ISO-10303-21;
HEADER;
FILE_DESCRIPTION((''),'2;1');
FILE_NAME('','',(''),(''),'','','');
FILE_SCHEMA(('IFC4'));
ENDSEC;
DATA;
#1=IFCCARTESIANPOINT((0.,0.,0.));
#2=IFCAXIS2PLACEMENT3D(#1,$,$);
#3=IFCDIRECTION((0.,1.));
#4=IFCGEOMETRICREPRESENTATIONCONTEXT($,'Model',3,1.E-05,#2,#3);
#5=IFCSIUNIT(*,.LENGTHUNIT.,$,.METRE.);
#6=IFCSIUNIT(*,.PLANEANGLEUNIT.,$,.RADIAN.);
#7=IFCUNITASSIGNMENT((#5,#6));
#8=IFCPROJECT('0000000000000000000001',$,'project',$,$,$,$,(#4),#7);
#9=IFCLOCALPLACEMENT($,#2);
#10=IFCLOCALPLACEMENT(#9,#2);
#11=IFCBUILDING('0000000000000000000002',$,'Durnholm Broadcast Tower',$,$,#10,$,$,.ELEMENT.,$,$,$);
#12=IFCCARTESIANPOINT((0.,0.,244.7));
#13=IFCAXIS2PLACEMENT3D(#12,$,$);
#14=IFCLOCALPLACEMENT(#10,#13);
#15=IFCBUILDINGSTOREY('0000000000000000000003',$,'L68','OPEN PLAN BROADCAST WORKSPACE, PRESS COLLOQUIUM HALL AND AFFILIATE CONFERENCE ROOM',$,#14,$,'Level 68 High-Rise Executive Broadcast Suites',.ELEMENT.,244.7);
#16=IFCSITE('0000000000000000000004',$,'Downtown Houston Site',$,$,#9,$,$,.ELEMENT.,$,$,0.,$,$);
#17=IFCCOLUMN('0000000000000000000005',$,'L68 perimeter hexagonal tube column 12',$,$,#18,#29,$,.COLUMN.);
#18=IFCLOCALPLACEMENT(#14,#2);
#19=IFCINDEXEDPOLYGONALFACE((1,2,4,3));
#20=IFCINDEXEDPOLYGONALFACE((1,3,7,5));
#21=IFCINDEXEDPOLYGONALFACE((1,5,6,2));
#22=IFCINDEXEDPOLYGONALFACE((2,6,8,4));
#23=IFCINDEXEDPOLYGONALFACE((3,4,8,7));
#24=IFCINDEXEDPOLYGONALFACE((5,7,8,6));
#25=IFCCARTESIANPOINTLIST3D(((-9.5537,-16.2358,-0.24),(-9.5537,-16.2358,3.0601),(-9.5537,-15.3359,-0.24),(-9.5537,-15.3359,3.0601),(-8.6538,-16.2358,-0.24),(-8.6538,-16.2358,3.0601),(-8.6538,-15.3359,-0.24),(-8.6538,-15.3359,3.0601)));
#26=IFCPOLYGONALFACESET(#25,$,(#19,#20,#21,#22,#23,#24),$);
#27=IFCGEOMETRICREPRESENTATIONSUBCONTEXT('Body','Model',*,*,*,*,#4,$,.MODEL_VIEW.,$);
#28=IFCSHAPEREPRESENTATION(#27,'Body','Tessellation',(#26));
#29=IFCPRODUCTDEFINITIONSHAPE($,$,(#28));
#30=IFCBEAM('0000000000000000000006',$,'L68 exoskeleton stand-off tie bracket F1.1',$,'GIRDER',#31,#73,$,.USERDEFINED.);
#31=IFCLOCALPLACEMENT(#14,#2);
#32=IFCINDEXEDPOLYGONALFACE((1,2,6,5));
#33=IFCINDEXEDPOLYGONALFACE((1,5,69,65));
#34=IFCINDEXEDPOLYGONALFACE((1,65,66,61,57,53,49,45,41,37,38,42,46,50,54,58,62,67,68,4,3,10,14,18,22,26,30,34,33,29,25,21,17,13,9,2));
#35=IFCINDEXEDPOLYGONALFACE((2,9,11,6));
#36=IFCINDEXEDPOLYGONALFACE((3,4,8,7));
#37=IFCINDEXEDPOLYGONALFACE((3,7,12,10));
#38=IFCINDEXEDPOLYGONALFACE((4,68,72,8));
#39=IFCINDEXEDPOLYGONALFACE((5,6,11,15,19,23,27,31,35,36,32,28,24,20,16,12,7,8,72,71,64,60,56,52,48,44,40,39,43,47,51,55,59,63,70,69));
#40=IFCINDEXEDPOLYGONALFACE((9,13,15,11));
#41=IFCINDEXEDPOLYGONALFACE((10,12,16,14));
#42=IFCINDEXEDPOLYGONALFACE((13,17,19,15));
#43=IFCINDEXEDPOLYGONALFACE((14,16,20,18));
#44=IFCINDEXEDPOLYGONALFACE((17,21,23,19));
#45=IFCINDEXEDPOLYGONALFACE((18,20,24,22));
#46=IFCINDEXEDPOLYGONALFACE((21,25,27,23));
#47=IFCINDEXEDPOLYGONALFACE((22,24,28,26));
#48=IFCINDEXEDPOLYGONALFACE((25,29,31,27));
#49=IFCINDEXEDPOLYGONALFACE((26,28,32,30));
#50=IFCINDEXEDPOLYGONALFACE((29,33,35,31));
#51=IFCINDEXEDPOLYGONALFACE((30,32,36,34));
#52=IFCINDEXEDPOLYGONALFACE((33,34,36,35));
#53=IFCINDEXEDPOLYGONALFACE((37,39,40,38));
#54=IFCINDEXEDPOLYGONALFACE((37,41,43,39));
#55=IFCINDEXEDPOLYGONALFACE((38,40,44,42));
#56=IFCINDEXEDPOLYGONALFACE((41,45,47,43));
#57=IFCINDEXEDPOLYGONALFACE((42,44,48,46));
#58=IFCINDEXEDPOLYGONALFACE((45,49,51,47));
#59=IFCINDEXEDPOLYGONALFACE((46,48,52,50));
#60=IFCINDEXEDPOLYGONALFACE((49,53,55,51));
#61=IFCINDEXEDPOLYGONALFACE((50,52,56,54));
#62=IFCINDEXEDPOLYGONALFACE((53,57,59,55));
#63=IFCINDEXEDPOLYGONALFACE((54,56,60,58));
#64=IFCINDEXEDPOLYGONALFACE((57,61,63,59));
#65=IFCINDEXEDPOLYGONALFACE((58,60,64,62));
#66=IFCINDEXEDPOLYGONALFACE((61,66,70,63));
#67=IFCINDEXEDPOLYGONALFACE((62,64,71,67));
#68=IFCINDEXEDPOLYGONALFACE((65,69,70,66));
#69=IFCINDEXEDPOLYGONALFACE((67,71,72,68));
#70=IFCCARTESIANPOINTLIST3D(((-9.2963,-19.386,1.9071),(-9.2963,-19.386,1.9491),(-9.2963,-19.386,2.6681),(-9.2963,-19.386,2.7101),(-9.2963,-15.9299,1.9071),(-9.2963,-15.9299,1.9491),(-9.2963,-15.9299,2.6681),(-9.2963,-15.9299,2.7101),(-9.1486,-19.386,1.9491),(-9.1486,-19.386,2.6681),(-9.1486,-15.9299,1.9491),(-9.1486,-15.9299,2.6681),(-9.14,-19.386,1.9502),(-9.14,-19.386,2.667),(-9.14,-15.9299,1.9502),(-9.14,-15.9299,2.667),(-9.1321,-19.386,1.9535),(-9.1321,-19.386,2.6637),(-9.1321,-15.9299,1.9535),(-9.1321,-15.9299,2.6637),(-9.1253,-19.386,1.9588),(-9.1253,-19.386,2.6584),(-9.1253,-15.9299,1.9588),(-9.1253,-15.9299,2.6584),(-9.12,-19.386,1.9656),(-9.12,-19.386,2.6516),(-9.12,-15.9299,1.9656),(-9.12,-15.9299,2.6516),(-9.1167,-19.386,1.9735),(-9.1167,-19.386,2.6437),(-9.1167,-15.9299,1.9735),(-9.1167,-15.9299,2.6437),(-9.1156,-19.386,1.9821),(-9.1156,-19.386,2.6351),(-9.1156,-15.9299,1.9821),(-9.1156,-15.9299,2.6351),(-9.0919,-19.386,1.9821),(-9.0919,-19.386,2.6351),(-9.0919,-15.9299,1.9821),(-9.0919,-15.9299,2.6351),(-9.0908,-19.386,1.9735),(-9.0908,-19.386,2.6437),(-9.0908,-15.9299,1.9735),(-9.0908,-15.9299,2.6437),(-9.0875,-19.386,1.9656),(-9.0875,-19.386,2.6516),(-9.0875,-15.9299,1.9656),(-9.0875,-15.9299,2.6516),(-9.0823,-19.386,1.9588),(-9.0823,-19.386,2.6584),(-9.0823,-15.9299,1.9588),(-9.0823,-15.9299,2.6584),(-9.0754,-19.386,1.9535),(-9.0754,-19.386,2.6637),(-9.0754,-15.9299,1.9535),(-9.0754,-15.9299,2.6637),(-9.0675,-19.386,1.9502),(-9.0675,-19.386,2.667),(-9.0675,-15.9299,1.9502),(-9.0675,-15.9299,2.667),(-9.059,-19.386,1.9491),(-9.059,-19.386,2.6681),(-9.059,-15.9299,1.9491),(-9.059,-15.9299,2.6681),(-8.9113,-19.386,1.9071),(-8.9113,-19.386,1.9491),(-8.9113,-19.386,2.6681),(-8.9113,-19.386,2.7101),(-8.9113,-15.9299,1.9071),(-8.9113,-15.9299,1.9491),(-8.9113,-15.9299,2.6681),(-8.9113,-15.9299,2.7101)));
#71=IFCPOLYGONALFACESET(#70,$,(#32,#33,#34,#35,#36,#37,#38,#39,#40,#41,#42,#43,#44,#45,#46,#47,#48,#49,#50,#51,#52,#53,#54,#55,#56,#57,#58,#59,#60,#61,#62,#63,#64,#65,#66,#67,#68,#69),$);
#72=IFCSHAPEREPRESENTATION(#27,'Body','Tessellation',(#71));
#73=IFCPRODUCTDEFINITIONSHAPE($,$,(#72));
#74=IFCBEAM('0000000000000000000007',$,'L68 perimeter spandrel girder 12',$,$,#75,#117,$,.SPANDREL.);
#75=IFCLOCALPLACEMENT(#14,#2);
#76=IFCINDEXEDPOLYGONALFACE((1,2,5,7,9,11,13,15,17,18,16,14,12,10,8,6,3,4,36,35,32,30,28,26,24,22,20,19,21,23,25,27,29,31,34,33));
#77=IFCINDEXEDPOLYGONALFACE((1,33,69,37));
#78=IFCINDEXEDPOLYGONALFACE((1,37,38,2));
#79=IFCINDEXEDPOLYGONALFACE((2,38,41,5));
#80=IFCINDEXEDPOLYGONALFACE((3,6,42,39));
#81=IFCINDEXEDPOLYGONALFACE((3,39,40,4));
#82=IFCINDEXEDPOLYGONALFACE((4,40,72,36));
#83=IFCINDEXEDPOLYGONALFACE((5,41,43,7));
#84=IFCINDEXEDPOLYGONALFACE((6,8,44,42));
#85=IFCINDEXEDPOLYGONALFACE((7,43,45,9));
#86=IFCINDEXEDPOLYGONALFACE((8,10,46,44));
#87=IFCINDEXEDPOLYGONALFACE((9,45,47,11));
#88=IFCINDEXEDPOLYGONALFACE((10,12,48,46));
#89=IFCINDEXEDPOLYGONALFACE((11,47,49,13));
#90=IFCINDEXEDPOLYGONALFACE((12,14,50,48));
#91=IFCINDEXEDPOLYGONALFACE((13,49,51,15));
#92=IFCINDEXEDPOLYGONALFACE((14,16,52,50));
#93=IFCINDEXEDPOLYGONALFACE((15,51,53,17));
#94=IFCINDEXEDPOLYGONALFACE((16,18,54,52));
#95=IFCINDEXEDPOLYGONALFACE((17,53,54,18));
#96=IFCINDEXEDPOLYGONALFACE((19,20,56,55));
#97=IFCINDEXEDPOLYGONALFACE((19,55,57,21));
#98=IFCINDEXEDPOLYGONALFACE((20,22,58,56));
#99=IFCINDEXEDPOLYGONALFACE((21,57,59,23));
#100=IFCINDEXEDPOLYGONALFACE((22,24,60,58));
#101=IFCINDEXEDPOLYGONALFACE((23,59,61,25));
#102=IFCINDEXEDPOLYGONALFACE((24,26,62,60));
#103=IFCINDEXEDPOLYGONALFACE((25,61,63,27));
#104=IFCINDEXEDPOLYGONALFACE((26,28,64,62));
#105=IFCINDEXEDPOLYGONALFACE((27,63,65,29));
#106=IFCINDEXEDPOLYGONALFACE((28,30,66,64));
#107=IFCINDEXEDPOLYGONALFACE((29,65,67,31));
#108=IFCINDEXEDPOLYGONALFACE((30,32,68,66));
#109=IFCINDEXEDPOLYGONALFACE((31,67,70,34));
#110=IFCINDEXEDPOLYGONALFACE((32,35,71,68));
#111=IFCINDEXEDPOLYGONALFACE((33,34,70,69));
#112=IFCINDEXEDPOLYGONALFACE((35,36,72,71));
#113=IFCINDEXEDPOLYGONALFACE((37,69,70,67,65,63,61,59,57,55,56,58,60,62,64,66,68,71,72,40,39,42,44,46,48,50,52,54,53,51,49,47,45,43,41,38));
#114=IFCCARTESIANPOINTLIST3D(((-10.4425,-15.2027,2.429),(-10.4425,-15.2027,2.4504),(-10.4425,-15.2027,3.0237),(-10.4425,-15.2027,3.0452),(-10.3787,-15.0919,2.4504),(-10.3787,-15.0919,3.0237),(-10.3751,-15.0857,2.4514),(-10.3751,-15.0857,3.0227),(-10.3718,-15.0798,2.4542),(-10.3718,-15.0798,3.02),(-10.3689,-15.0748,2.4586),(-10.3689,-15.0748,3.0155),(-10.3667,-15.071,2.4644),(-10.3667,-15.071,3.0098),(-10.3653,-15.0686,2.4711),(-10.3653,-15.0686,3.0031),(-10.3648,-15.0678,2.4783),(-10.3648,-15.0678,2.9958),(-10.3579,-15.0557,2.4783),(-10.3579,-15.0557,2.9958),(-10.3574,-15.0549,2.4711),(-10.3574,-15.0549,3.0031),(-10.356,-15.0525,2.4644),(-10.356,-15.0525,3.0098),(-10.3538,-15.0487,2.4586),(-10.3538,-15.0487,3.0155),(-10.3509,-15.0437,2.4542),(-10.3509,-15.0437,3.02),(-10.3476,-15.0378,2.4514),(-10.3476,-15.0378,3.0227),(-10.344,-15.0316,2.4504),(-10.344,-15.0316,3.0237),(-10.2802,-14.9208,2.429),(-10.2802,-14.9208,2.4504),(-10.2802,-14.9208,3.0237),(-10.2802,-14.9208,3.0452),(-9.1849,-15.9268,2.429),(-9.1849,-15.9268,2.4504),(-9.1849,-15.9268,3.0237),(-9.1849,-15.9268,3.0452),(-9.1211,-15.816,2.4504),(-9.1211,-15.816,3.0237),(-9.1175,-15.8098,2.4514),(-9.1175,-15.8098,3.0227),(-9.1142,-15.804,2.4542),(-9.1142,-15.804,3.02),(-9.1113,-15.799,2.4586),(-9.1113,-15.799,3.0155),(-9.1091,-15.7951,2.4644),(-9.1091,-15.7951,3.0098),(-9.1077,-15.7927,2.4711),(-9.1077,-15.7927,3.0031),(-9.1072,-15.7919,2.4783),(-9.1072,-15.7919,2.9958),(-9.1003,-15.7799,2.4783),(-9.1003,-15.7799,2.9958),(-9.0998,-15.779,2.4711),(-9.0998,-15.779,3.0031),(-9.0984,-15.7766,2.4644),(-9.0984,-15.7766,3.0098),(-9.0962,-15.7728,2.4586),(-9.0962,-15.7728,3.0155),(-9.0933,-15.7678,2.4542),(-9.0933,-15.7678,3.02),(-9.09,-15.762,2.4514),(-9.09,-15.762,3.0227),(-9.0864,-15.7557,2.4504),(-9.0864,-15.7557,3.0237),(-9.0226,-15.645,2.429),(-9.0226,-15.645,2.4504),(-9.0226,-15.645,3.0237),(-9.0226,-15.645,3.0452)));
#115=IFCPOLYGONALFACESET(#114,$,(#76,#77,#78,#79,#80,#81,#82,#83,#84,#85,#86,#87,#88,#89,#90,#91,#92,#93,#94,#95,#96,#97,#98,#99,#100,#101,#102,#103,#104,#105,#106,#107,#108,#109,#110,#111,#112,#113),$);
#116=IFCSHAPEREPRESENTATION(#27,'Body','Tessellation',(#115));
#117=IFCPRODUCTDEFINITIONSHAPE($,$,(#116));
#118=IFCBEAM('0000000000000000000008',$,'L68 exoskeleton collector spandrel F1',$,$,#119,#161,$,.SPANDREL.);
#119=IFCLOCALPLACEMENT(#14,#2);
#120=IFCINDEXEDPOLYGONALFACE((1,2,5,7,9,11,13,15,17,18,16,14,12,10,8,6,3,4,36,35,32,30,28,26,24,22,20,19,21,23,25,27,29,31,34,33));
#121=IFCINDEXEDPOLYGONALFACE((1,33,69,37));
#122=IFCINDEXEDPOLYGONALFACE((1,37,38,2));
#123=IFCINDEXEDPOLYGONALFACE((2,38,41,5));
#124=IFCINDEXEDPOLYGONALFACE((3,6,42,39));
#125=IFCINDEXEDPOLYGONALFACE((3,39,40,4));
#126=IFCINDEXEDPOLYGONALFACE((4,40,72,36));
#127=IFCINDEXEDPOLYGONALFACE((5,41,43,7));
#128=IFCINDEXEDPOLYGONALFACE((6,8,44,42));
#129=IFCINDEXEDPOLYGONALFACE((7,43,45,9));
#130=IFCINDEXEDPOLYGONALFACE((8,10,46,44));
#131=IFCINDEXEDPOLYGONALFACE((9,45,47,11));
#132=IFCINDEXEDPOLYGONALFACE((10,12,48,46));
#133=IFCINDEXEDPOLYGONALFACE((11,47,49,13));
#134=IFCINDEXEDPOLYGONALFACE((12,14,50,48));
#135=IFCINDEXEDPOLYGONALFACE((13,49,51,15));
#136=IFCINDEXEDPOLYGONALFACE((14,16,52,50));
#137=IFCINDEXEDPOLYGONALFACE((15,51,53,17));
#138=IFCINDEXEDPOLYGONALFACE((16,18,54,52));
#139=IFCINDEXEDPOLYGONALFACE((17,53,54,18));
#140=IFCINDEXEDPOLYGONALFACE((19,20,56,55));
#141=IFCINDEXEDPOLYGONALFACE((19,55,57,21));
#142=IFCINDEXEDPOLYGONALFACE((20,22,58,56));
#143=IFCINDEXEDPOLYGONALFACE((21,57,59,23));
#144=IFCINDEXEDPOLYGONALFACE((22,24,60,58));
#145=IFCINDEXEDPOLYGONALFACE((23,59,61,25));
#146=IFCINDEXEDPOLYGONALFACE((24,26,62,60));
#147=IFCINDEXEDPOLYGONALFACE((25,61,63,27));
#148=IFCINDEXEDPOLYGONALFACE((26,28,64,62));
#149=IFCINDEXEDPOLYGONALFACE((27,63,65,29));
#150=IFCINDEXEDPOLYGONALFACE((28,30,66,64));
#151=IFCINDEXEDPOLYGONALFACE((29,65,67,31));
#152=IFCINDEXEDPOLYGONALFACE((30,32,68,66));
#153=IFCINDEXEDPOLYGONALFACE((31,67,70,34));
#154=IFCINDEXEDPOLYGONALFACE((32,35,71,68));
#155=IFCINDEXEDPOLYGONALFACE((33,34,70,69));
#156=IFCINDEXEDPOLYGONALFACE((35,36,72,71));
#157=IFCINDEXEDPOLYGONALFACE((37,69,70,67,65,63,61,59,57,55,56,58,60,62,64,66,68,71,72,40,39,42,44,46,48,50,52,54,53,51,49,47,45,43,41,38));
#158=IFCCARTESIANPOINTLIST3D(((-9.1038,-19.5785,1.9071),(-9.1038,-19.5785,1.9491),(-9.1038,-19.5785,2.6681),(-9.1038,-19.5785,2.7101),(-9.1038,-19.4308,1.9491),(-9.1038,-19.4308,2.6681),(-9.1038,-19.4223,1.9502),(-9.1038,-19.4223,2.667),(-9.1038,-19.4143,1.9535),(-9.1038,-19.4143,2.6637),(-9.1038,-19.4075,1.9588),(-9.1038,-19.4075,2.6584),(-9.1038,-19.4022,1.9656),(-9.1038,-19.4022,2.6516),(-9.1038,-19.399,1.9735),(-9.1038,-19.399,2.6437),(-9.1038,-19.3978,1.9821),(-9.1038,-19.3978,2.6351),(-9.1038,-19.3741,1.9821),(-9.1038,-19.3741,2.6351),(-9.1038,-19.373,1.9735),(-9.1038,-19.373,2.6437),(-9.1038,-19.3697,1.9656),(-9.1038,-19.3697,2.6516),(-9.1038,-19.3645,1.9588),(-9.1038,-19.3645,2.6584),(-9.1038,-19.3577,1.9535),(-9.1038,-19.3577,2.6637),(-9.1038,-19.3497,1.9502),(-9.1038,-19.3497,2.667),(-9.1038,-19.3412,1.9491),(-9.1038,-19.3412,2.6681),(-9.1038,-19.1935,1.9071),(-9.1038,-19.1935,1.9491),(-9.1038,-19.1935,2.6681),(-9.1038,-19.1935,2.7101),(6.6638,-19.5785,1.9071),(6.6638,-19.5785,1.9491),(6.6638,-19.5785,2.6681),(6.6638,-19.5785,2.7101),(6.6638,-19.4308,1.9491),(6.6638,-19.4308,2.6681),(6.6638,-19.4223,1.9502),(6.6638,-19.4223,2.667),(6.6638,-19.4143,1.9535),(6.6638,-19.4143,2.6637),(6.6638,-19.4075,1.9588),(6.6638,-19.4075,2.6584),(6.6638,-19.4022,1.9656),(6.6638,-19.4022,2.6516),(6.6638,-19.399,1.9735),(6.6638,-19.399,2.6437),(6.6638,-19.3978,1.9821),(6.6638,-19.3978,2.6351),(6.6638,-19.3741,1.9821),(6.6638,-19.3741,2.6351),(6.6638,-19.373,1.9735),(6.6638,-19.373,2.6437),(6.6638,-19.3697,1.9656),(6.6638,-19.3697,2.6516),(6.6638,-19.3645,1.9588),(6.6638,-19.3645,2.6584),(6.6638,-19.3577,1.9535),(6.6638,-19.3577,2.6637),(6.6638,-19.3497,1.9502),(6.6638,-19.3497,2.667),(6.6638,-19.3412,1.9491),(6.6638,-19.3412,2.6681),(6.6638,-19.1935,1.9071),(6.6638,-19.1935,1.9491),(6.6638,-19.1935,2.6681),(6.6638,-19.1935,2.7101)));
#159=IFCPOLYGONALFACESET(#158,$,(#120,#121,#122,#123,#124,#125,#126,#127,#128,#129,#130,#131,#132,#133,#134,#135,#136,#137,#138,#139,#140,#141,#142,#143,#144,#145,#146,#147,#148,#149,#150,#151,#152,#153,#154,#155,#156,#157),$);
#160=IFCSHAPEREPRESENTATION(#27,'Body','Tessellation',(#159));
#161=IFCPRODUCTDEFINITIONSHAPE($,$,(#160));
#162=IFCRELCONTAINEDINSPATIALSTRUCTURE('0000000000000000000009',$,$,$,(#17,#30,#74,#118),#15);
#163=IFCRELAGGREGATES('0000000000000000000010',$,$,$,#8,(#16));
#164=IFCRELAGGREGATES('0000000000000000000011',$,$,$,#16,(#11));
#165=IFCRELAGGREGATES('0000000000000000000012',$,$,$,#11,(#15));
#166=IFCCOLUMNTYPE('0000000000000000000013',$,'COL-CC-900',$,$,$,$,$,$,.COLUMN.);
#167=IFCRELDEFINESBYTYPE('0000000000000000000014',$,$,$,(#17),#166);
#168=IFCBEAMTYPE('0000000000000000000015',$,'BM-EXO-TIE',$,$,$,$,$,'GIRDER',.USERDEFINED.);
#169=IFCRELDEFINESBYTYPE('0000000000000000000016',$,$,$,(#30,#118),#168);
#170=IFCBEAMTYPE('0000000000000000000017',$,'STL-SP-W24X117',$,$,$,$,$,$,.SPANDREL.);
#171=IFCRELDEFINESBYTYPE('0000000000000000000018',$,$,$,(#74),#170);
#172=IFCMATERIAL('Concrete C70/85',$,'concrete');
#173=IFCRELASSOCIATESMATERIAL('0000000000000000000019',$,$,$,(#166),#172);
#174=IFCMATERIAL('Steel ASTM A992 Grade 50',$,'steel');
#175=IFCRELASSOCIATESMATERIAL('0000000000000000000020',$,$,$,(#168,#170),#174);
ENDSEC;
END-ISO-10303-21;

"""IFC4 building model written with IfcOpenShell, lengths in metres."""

from ifc_helpers import new_model, si_unit, direction, frame, origin, origin_2d, place, context, subcontext, project, spatial, rectangle, i_section, extrude, source, transform, mapped, material, material_profile, profile_set, type_object, type_shapes, element, save


model = new_model("IFC4")

# Units and contexts
model_context = context("Model", 3, precision=1e-05, world=origin(), true_north=direction((0.0, 1.0)))
body_context = subcontext(model_context, "Body", "Model", "MODEL_VIEW")
ifc_project = project(units=[si_unit("LENGTHUNIT", "METRE"), si_unit("PLANEANGLEUNIT", "RADIAN")], contexts=[model_context])

# Site, building, storey
site_placement = place(None, origin())
site = spatial("IfcSite", under=ifc_project, at=site_placement, Name="Downtown Houston Site", CompositionType="ELEMENT", RefElevation=0.0)
building_placement = place(site_placement, origin())
building = spatial("IfcBuilding", under=site, at=building_placement, Name="Durnholm Broadcast Tower", CompositionType="ELEMENT")
storey_placement = place(building_placement, frame((0.0, 0.0, 244.7)))
storey = spatial("IfcBuildingStorey", under=building, at=storey_placement, Name="L68", Description="OPEN PLAN BROADCAST WORKSPACE, PRESS COLLOQUIUM HALL AND AFFILIATE CONFERENCE ROOM", LongName="Level 68 High-Rise Executive Broadcast Suites", CompositionType="ELEMENT", Elevation=244.7)

# Column
ifc_material_1 = material(Name="Concrete C70/85", Category="concrete")
ifc_material_profile_1 = material_profile(ifc_material_1, rectangle(XDim=0.8999, YDim=0.8999, at=origin_2d()), Name="RC900X900")
ifc_profile_set_1 = profile_set([ifc_material_profile_1], Name="Concrete C70/85")
column_type = type_object("IfcColumnType", Name="COL-CC-900", PredefinedType="COLUMN", material=ifc_profile_set_1)
shared_shape_1 = source(origin(), body_context, "Body", "SweptSolid", [
    extrude(rectangle(XDim=0.8999, YDim=0.8999, at=origin_2d()), origin(), (0.0, 0.0, 1.0), 3.3),
])
type_shapes(column_type, [shared_shape_1])
column_placement = place(storey_placement, frame((-9.1038, -15.7859, -0.24), z_axis=(0.0, 0.0, 1.0), x_axis=(1.0, 0.0, 0.0)))
element("IfcColumn", 1, at=column_placement, inside=storey, type_object=column_type, Name="L68 perimeter hexagonal tube column 12", PredefinedType="COLUMN", context=body_context, shape_type="MappedRepresentation", body=[
    mapped(shared_shape_1, transform((0.0, 0.0, 0.0), x_axis=(1.0, 0.0, 0.0), y_axis=(0.0, 1.0, 0.0), z_axis=(0.0, 0.0, 1.0), scale=1.0)),
])

# Beams
ifc_material_2 = material(Name="Steel ASTM A992 Grade 50", Category="steel")
ifc_material_profile_2 = material_profile(ifc_material_2, i_section(OverallWidth=0.385, OverallDepth=0.803, WebThickness=0.0237, FlangeThickness=0.042, FilletRadius=0.033, at=origin_2d()), Name="W30X261")
ifc_profile_set_2 = profile_set([ifc_material_profile_2], Name="Steel ASTM A992 Grade 50")
beam_type_1 = type_object("IfcBeamType", Name="BM-EXO-TIE", ElementType="GIRDER", PredefinedType="USERDEFINED", material=ifc_profile_set_2)
shared_shape_2 = source(origin(), body_context, "Body", "SweptSolid", [
    extrude(i_section(OverallWidth=0.385, OverallDepth=0.803, WebThickness=0.0237, FlangeThickness=0.042, FilletRadius=0.033, at=origin_2d()), origin(), (0.0, 0.0, 1.0), 3.4561),
])
beam_1_placement = place(storey_placement, frame((-9.1038, -15.9299, 2.3086), z_axis=(0.0, -1.0, 0.0), x_axis=(1.0, 0.0, 0.0)))
element("IfcBeam", 2, at=beam_1_placement, inside=storey, type_object=beam_type_1, Name="L68 exoskeleton stand-off tie bracket F1.1", ObjectType="GIRDER", PredefinedType="USERDEFINED", context=body_context, shape_type="MappedRepresentation", body=[
    mapped(shared_shape_2, transform((0.0, 0.0, 0.0), x_axis=(1.0, 0.0, 0.0), y_axis=(0.0, 1.0, 0.0), z_axis=(0.0, 0.0, 1.0), scale=1.0)),
])
ifc_material_profile_3 = material_profile(ifc_material_2, i_section(OverallWidth=0.3252, OverallDepth=0.6162, WebThickness=0.0139, FlangeThickness=0.0215, FilletRadius=0.0278, at=origin_2d()), Name="W24X117")
ifc_profile_set_3 = profile_set([ifc_material_profile_3], Name="Steel ASTM A992 Grade 50")
beam_type_2 = type_object("IfcBeamType", Name="STL-SP-W24X117", PredefinedType="SPANDREL", material=ifc_profile_set_3)
shared_shape_3 = source(origin(), body_context, "Body", "SweptSolid", [
    extrude(i_section(OverallWidth=0.3252, OverallDepth=0.6162, WebThickness=0.0139, FlangeThickness=0.0215, FilletRadius=0.0278, at=origin_2d()), origin(), (0.0, 0.0, 1.0), 1.4512),
])
type_shapes(beam_type_2, [shared_shape_3])
beam_2_placement = place(storey_placement, frame((-9.1038, -15.7859, 2.7371), z_axis=(-0.866603, 0.498999, 0.0), x_axis=(-0.498999, -0.866603, 0.0)))
element("IfcBeam", 3, at=beam_2_placement, inside=storey, type_object=beam_type_2, Name="L68 perimeter spandrel girder 12", PredefinedType="SPANDREL", context=body_context, shape_type="MappedRepresentation", body=[
    mapped(shared_shape_3, transform((0.0, 0.0, 0.0), x_axis=(1.0, 0.0, 0.0), y_axis=(0.0, 1.0, 0.0), z_axis=(0.0, 0.0, 1.0), scale=1.0)),
])
shared_shape_4 = source(origin(), body_context, "Body", "SweptSolid", [
    extrude(i_section(OverallWidth=0.385, OverallDepth=0.803, WebThickness=0.0237, FlangeThickness=0.042, FilletRadius=0.033, at=origin_2d()), origin(), (0.0, 0.0, 1.0), 15.7676),
])
type_shapes(beam_type_1, [shared_shape_2, shared_shape_4])
beam_3_placement = place(storey_placement, frame((-9.1038, -19.386, 2.3086), z_axis=(1.0, 0.0, 0.0), x_axis=(0.0, 1.0, 0.0)))
element("IfcBeam", 4, at=beam_3_placement, inside=storey, type_object=beam_type_1, Name="L68 exoskeleton collector spandrel F1", PredefinedType="SPANDREL", context=body_context, shape_type="MappedRepresentation", body=[
    mapped(shared_shape_4, transform((0.0, 0.0, 0.0), x_axis=(1.0, 0.0, 0.0), y_axis=(0.0, 1.0, 0.0), z_axis=(0.0, 0.0, 1.0), scale=1.0)),
])

save(model, "model.ifc")
